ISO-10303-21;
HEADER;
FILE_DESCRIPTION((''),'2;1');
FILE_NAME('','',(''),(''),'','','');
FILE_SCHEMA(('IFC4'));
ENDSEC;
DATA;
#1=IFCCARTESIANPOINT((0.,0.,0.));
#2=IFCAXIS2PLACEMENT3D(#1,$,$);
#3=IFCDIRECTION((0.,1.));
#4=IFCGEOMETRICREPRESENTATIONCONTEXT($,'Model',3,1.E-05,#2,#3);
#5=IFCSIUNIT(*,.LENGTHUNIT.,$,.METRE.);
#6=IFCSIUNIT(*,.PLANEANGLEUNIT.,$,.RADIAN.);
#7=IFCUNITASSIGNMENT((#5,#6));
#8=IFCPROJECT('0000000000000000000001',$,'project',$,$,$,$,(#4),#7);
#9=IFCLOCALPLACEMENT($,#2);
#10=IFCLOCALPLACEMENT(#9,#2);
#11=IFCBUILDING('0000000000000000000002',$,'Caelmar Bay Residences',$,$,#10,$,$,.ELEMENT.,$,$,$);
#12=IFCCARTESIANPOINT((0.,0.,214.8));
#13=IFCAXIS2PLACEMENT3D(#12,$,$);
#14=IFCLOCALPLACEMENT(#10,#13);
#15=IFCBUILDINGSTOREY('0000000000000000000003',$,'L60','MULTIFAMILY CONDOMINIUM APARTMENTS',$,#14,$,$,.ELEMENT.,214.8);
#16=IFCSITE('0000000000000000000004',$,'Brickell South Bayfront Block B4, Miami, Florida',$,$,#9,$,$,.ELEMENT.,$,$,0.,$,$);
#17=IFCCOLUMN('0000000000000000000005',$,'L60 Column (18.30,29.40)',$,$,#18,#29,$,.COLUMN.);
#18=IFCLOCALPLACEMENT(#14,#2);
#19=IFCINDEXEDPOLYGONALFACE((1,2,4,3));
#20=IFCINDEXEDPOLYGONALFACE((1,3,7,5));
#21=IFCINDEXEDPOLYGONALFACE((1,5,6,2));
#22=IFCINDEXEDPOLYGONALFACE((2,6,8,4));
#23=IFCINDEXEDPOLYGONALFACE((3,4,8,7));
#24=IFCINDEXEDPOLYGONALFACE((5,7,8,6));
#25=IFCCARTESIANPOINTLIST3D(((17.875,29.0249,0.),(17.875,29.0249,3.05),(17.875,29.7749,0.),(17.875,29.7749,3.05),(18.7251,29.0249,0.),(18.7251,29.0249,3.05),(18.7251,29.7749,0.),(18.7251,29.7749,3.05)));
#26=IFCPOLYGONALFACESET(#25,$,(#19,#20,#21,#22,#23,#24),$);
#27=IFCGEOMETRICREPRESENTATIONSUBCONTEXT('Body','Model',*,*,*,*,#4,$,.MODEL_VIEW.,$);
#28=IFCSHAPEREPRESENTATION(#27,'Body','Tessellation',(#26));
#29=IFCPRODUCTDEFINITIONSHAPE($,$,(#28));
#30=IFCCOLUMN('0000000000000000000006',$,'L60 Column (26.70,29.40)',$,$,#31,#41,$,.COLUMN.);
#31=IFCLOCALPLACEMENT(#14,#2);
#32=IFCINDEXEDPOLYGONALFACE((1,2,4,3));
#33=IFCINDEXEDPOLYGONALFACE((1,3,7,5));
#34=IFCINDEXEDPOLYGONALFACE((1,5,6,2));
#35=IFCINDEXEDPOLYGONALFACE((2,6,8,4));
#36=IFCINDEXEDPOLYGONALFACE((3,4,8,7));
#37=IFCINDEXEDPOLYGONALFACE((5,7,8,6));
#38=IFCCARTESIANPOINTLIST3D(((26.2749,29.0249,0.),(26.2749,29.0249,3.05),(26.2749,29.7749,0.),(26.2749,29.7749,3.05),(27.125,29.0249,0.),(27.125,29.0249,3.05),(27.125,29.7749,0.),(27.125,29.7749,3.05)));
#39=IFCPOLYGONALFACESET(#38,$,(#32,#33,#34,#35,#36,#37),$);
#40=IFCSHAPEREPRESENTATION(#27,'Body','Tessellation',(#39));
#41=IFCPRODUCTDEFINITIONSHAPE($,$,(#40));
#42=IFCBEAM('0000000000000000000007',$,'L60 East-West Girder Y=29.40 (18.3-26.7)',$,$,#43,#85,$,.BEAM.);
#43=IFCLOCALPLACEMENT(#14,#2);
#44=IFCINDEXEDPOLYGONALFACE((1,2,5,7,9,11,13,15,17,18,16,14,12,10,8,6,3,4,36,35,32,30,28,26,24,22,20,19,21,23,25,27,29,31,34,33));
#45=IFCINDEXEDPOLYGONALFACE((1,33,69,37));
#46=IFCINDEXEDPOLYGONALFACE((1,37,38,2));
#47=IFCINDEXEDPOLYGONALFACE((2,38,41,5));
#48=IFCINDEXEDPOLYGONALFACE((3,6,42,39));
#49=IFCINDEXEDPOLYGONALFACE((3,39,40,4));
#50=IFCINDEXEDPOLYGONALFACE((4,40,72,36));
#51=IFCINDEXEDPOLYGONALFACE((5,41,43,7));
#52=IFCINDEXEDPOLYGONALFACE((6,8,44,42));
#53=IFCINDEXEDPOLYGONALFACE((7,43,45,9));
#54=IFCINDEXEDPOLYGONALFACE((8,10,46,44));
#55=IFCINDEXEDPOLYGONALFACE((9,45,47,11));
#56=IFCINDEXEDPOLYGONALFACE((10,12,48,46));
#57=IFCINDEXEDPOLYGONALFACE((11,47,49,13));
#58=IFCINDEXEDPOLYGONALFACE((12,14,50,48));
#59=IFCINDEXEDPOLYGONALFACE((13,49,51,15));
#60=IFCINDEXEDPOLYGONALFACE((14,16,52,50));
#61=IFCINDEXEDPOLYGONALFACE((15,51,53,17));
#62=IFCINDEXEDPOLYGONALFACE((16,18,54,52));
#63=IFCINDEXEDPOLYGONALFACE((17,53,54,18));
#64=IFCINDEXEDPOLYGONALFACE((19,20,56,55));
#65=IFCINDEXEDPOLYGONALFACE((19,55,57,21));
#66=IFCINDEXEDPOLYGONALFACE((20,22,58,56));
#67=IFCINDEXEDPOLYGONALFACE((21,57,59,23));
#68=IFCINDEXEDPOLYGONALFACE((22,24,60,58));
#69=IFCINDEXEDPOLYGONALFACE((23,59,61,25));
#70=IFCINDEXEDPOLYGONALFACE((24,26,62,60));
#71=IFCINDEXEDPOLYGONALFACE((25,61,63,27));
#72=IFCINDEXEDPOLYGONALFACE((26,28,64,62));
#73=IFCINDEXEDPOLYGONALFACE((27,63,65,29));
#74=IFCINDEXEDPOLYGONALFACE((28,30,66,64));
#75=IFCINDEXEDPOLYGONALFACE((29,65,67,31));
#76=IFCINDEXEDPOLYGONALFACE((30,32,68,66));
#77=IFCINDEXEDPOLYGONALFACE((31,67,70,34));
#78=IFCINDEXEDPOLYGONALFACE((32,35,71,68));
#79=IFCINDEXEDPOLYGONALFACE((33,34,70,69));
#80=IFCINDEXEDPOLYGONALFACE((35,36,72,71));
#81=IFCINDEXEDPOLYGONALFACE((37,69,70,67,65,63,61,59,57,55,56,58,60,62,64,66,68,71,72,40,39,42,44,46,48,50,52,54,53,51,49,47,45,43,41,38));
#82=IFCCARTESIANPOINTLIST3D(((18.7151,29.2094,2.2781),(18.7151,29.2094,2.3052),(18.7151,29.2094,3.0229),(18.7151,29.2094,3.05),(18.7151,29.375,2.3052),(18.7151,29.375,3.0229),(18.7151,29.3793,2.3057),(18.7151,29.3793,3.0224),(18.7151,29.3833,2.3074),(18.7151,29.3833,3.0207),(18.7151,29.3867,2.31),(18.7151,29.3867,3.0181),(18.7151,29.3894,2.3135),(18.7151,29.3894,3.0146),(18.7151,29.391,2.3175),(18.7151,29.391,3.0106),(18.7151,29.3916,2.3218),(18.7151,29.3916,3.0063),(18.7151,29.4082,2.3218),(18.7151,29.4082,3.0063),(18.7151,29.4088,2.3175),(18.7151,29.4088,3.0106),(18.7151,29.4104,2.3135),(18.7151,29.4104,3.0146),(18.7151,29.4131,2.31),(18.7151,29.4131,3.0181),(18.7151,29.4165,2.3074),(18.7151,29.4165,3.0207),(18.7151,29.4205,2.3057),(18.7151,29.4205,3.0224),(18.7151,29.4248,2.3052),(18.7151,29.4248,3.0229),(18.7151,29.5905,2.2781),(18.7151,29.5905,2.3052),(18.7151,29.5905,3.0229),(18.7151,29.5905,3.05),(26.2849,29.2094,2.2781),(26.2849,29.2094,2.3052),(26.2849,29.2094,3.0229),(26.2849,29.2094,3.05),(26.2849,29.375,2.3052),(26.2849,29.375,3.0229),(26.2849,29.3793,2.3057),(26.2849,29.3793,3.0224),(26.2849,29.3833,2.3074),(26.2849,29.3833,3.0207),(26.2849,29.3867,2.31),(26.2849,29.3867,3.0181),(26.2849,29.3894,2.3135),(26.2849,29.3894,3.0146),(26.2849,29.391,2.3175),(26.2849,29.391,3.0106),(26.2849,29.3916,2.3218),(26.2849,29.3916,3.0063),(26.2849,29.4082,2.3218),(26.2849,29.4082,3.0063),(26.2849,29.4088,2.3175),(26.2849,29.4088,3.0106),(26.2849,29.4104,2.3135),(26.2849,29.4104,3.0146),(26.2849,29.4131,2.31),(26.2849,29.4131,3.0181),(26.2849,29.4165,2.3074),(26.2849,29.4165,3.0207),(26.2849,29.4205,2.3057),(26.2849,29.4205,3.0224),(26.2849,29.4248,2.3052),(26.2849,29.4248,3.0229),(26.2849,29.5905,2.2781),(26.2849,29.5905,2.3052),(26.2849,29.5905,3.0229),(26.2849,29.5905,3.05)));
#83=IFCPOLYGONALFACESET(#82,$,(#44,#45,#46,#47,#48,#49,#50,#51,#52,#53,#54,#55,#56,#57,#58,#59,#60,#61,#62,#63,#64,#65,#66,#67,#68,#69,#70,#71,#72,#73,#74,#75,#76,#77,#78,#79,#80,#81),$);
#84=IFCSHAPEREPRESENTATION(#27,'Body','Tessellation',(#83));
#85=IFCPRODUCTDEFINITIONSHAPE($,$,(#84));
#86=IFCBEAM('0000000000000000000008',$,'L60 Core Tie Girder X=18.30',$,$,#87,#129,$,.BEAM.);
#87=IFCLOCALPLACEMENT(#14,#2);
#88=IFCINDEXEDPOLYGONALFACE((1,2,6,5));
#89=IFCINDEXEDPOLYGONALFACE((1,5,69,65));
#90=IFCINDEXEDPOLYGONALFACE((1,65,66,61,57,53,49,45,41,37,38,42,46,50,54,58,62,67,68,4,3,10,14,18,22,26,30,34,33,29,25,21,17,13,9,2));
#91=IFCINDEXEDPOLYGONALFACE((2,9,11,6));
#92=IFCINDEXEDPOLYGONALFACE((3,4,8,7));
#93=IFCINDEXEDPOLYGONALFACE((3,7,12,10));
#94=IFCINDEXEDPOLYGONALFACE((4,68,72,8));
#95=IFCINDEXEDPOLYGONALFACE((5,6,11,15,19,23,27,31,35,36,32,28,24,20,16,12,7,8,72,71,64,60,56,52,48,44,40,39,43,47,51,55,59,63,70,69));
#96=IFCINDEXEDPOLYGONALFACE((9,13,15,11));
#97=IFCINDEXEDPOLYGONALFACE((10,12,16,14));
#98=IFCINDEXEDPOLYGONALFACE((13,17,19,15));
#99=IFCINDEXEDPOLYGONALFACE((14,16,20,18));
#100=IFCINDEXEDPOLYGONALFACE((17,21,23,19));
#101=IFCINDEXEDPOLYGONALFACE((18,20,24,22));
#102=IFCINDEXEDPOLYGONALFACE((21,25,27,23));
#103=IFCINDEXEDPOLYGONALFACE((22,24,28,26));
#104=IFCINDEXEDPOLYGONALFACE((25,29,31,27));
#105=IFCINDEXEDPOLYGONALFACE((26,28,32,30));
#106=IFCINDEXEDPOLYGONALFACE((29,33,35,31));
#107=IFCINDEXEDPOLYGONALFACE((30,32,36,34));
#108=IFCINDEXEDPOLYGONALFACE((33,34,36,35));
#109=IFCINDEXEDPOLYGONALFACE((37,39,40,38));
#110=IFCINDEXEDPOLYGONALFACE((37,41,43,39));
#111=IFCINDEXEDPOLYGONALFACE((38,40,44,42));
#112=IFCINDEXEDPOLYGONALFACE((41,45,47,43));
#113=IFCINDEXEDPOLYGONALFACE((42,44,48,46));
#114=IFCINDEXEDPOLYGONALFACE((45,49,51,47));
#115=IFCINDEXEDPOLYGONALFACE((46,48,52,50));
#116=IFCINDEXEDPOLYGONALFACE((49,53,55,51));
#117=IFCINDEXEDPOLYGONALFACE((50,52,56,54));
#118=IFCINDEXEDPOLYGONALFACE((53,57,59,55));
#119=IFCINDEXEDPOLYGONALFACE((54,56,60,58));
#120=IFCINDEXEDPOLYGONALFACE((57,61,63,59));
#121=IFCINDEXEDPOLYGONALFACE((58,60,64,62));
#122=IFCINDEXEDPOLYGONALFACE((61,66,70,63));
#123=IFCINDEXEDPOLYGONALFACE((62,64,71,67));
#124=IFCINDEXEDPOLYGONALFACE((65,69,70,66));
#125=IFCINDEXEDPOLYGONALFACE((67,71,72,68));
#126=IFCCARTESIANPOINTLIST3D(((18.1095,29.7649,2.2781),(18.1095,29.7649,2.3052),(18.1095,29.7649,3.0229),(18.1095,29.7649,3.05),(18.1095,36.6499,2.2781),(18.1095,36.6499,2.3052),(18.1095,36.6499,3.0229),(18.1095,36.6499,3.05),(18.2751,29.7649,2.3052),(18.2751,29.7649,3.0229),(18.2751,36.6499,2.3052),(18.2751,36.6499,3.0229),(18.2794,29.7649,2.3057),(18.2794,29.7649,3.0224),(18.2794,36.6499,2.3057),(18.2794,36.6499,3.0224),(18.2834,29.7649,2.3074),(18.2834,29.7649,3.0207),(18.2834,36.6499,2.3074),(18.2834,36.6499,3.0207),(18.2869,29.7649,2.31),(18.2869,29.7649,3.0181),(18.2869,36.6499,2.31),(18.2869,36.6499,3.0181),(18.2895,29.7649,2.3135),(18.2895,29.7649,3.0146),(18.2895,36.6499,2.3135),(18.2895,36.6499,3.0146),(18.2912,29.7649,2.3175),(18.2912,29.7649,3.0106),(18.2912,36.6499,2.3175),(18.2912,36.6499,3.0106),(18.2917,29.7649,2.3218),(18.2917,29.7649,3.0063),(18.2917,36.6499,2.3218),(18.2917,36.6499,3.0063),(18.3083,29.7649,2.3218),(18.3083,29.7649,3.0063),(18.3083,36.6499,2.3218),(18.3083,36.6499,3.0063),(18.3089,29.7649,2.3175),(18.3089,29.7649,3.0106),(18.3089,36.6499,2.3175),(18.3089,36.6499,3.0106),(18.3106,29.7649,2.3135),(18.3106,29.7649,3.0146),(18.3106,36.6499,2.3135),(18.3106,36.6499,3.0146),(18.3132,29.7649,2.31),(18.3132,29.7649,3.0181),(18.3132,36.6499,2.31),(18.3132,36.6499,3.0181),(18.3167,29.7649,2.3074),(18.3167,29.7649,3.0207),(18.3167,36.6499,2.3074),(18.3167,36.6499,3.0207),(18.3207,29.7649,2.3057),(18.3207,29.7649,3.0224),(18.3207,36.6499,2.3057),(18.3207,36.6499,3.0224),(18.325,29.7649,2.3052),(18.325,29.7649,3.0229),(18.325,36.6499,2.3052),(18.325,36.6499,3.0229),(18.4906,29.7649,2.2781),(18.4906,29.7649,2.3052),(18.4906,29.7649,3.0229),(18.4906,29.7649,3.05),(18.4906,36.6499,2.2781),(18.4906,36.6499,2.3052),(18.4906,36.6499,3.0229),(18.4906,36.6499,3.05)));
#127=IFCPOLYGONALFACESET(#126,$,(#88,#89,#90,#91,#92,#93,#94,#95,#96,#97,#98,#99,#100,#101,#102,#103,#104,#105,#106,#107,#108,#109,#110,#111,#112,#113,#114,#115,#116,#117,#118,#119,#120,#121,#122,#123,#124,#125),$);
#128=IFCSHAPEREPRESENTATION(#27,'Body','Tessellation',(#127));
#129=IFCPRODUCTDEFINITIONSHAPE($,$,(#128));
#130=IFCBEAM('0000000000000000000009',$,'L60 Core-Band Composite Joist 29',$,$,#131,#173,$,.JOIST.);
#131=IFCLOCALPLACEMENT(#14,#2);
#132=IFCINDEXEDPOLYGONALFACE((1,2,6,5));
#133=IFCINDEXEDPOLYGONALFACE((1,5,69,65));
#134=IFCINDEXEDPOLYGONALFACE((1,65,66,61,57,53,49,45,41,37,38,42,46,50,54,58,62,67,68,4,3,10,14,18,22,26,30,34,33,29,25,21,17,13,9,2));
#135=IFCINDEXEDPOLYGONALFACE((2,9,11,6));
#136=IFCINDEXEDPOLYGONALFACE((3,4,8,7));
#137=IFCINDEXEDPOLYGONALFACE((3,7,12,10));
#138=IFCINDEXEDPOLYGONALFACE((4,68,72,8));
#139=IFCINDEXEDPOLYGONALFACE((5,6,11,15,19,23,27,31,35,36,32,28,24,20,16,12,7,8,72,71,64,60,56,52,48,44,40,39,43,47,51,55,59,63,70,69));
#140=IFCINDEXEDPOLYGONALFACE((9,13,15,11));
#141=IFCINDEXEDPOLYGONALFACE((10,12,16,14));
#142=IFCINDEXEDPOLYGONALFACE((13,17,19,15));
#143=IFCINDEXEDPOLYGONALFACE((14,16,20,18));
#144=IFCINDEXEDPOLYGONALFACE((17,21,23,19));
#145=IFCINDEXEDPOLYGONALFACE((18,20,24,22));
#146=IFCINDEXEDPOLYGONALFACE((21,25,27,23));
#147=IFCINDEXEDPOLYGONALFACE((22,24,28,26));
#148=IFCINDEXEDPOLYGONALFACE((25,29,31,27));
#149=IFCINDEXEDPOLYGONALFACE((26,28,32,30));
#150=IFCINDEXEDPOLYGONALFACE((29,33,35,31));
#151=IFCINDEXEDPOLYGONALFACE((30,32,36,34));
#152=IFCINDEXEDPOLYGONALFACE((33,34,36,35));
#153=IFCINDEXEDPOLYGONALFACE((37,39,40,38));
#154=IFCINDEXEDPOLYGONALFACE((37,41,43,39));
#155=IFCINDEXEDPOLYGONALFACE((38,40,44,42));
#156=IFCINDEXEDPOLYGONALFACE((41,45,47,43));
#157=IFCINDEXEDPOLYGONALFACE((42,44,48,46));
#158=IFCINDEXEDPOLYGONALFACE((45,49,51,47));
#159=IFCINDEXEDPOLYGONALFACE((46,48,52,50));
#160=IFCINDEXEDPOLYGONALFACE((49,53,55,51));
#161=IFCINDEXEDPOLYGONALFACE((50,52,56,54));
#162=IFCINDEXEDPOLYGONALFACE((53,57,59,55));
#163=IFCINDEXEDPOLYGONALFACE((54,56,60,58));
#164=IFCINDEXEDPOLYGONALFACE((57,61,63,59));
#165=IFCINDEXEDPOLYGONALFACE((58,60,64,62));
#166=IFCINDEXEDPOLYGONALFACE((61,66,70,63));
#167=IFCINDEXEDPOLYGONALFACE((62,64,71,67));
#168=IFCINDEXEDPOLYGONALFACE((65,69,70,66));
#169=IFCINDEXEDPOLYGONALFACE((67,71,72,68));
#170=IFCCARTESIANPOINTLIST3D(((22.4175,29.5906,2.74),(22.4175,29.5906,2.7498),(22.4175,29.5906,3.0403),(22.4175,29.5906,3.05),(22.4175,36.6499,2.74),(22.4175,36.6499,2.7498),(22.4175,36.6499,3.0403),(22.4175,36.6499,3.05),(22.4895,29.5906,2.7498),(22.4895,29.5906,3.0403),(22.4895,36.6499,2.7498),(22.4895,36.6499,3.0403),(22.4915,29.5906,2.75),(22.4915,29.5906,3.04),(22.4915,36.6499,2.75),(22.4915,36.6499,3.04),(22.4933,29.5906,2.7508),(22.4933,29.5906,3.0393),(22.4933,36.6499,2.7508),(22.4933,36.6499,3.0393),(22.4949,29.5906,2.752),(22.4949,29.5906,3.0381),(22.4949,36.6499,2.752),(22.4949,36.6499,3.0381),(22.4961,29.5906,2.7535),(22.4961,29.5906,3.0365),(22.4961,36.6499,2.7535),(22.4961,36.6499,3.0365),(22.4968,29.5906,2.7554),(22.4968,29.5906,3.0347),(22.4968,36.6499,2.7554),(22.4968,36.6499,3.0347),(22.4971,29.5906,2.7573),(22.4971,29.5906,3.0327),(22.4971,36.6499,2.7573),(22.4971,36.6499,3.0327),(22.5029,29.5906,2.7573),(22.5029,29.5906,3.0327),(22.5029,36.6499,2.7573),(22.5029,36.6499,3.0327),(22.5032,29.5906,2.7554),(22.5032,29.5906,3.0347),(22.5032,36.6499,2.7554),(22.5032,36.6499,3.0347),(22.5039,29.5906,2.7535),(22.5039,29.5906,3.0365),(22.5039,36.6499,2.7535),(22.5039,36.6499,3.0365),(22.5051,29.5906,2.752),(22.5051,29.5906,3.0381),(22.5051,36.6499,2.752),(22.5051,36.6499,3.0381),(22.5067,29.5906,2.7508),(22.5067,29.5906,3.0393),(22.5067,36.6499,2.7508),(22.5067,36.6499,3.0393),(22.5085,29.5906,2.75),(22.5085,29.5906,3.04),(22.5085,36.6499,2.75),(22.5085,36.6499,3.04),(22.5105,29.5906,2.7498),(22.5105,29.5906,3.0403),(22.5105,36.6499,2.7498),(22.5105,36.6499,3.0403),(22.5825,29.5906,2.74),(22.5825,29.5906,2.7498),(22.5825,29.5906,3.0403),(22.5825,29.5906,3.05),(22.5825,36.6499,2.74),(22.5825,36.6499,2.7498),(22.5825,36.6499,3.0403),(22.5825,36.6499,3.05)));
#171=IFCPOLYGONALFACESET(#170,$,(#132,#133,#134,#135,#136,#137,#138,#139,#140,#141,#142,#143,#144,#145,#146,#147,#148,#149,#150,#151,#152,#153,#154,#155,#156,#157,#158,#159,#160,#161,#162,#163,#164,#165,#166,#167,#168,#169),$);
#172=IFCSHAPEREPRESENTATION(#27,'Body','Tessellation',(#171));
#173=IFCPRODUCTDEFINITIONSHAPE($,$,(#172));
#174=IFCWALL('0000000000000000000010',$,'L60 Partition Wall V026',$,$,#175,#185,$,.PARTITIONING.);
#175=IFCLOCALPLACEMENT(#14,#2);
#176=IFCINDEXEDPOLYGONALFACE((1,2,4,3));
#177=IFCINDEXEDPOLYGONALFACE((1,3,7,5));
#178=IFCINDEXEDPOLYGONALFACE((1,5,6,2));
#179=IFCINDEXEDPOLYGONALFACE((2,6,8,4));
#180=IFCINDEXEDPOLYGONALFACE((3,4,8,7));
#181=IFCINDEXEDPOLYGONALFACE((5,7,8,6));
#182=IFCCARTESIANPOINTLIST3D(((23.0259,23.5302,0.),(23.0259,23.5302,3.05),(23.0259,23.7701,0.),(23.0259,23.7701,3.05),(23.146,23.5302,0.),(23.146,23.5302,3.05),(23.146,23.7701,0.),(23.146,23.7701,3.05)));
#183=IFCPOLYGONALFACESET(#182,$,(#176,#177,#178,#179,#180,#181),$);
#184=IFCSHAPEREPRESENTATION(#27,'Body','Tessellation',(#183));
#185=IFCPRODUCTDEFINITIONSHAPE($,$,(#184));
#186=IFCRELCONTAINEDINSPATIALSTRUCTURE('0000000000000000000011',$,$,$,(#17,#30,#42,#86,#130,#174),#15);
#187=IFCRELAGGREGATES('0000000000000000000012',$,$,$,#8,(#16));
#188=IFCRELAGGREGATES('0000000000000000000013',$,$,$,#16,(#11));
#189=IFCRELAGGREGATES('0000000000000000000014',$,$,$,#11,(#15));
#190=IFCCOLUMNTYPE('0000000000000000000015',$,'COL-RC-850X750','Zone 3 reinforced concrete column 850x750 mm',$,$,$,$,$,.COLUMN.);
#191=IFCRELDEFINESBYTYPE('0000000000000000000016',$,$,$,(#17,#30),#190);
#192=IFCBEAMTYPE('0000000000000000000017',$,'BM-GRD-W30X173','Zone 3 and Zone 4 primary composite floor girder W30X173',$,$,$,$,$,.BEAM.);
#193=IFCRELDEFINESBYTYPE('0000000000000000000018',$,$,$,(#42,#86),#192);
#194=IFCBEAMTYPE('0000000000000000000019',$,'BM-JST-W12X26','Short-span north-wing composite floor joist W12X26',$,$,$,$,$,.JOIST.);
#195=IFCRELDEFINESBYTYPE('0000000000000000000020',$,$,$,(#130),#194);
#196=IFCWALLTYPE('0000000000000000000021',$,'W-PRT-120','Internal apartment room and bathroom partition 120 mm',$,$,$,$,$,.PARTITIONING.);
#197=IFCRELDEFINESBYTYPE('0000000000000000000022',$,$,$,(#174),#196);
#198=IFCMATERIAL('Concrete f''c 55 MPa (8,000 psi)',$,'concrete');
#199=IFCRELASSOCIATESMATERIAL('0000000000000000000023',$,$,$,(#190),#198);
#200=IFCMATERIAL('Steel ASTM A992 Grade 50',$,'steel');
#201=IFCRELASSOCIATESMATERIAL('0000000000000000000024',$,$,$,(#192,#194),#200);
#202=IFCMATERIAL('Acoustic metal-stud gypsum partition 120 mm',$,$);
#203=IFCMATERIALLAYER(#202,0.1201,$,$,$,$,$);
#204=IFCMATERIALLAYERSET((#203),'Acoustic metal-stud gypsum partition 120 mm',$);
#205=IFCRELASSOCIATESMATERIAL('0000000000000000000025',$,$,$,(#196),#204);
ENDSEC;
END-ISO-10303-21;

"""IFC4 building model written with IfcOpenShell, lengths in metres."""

from ifc_helpers import new_model, si_unit, direction, frame, frame_2d, origin, origin_2d, place, context, subcontext, project, spatial, rectangle, i_section, extrude, material, layer, layer_set, material_profile, profile_set, type_object, element, save


model = new_model("IFC4")

# Units and contexts
model_context = context("Model", 3, precision=1e-05, world=origin(), true_north=direction((0.0, 1.0)))
body_context = subcontext(model_context, "Body", "Model", "MODEL_VIEW")
ifc_project = project(units=[si_unit("LENGTHUNIT", "METRE"), si_unit("PLANEANGLEUNIT", "RADIAN")], contexts=[model_context])

# Site, building, storey
site_placement = place(None, origin())
site = spatial("IfcSite", under=ifc_project, at=site_placement, Name="Brickell South Bayfront Block B4, Miami, Florida", CompositionType="ELEMENT", RefElevation=0.0)
building_placement = place(site_placement, origin())
building = spatial("IfcBuilding", under=site, at=building_placement, Name="Caelmar Bay Residences", CompositionType="ELEMENT")
storey_placement = place(building_placement, frame((0.0, 0.0, 214.8)))
storey = spatial("IfcBuildingStorey", under=building, at=storey_placement, Name="L60", Description="MULTIFAMILY CONDOMINIUM APARTMENTS", CompositionType="ELEMENT", Elevation=214.8)

# Columns
ifc_material_1 = material(Name="Concrete f'c 55 MPa (8,000 psi)", Category="concrete")
ifc_material_profile_1 = material_profile(ifc_material_1, rectangle(XDim=0.8501, YDim=0.75, at=origin_2d()), Name="RC-COL-850X750")
ifc_profile_set_1 = profile_set([ifc_material_profile_1], Name="Concrete f'c 55 MPa (8,000 psi)")
column_type = type_object("IfcColumnType", Name="COL-RC-850X750", Description="Zone 3 reinforced concrete column 850x750 mm", PredefinedType="COLUMN", material=ifc_profile_set_1)
for number, where, z_axis, x_axis, name in (
    (1, (18.3, 29.3999, 0.0), (0.0, 0.0, 1.0), (1.0, 0.0, 0.0), "L60 Column (18.30,29.40)"),
    (2, (26.7, 29.3999, 0.0), (0.0, 0.0, 1.0), (1.0, 0.0, 0.0), "L60 Column (26.70,29.40)"),
):
    element("IfcColumn", number, at=place(storey_placement, frame(where, z_axis=z_axis, x_axis=x_axis)), inside=storey, type_object=column_type, Name=name, PredefinedType="COLUMN", context=body_context, shape_type="SweptSolid", body=[
        extrude(rectangle(XDim=0.8501, YDim=0.75, at=origin_2d()), origin(), (0.0, 0.0, 1.0), 3.05),
    ])

# Beams
ifc_material_2 = material(Name="Steel ASTM A992 Grade 50", Category="steel")
ifc_material_profile_2 = material_profile(ifc_material_2, i_section(OverallWidth=0.3811, OverallDepth=0.772, WebThickness=0.0166, FlangeThickness=0.0271, FilletRadius=0.0166, at=origin_2d()), Name="W30X173")
ifc_profile_set_2 = profile_set([ifc_material_profile_2], Name="Steel ASTM A992 Grade 50")
beam_type_1 = type_object("IfcBeamType", Name="BM-GRD-W30X173", Description="Zone 3 and Zone 4 primary composite floor girder W30X173", PredefinedType="BEAM", material=ifc_profile_set_2)
beam_1_placement = place(storey_placement, frame((18.7151, 29.3999, 2.6641), z_axis=(1.0, 0.0, 0.0), x_axis=(0.0, 1.0, 0.0)))
element("IfcBeam", 3, at=beam_1_placement, inside=storey, type_object=beam_type_1, Name="L60 East-West Girder Y=29.40 (18.3-26.7)", PredefinedType="BEAM", context=body_context, shape_type="SweptSolid", body=[
    extrude(i_section(OverallWidth=0.3811, OverallDepth=0.772, WebThickness=0.0166, FlangeThickness=0.0271, FilletRadius=0.0166, at=origin_2d()), origin(), (0.0, 0.0, 1.0), 7.5698),
])
beam_2_placement = place(storey_placement, frame((18.3, 29.7649, 2.6641), z_axis=(0.0, 1.0, 0.0), x_axis=(-1.0, 0.0, 0.0)))
element("IfcBeam", 4, at=beam_2_placement, inside=storey, type_object=beam_type_1, Name="L60 Core Tie Girder X=18.30", PredefinedType="BEAM", context=body_context, shape_type="SweptSolid", body=[
    extrude(i_section(OverallWidth=0.3811, OverallDepth=0.772, WebThickness=0.0166, FlangeThickness=0.0271, FilletRadius=0.0166, at=origin_2d()), origin(), (0.0, 0.0, 1.0), 6.885),
])
ifc_material_profile_3 = material_profile(ifc_material_2, i_section(OverallWidth=0.165, OverallDepth=0.3101, WebThickness=0.0059, FlangeThickness=0.0098, FilletRadius=0.0076, at=origin_2d()), Name="W12X26")
ifc_profile_set_3 = profile_set([ifc_material_profile_3], Name="Steel ASTM A992 Grade 50")
beam_type_2 = type_object("IfcBeamType", Name="BM-JST-W12X26", Description="Short-span north-wing composite floor joist W12X26", PredefinedType="JOIST", material=ifc_profile_set_3)
beam_3_placement = place(storey_placement, frame((22.5, 29.5906, 2.895), z_axis=(0.0, 1.0, 0.0), x_axis=(-1.0, 0.0, 0.0)))
element("IfcBeam", 5, at=beam_3_placement, inside=storey, type_object=beam_type_2, Name="L60 Core-Band Composite Joist 29", PredefinedType="JOIST", context=body_context, shape_type="SweptSolid", body=[
    extrude(i_section(OverallWidth=0.165, OverallDepth=0.3101, WebThickness=0.0059, FlangeThickness=0.0098, FilletRadius=0.0076, at=origin_2d()), origin(), (0.0, 0.0, 1.0), 7.0593),
])

# Wall
ifc_material_3 = material(Name="Acoustic metal-stud gypsum partition 120 mm")
ifc_layer_1 = layer(ifc_material_3, 0.1201)
ifc_layer_set_1 = layer_set([ifc_layer_1], Name="Acoustic metal-stud gypsum partition 120 mm")
wall_type_1 = type_object("IfcWallType", Name="W-PRT-120", Description="Internal apartment room and bathroom partition 120 mm", PredefinedType="PARTITIONING", material=ifc_layer_set_1)
wall_1_placement = place(storey_placement, frame((23.0859, 23.53, 0.0), z_axis=(0.0, 0.0, 1.0), x_axis=(0.0, 1.0, 0.0)))
element("IfcWall", 6, at=wall_1_placement, inside=storey, type_object=wall_type_1, Name="L60 Partition Wall V026", PredefinedType="PARTITIONING", context=body_context, shape_type="SweptSolid", body=[
    extrude(rectangle(XDim=0.24, YDim=0.1201, at=frame_2d((0.1201, 0.0))), origin(), (0.0, 0.0, 1.0), 3.05),
])

save(model, "model.ifc")
